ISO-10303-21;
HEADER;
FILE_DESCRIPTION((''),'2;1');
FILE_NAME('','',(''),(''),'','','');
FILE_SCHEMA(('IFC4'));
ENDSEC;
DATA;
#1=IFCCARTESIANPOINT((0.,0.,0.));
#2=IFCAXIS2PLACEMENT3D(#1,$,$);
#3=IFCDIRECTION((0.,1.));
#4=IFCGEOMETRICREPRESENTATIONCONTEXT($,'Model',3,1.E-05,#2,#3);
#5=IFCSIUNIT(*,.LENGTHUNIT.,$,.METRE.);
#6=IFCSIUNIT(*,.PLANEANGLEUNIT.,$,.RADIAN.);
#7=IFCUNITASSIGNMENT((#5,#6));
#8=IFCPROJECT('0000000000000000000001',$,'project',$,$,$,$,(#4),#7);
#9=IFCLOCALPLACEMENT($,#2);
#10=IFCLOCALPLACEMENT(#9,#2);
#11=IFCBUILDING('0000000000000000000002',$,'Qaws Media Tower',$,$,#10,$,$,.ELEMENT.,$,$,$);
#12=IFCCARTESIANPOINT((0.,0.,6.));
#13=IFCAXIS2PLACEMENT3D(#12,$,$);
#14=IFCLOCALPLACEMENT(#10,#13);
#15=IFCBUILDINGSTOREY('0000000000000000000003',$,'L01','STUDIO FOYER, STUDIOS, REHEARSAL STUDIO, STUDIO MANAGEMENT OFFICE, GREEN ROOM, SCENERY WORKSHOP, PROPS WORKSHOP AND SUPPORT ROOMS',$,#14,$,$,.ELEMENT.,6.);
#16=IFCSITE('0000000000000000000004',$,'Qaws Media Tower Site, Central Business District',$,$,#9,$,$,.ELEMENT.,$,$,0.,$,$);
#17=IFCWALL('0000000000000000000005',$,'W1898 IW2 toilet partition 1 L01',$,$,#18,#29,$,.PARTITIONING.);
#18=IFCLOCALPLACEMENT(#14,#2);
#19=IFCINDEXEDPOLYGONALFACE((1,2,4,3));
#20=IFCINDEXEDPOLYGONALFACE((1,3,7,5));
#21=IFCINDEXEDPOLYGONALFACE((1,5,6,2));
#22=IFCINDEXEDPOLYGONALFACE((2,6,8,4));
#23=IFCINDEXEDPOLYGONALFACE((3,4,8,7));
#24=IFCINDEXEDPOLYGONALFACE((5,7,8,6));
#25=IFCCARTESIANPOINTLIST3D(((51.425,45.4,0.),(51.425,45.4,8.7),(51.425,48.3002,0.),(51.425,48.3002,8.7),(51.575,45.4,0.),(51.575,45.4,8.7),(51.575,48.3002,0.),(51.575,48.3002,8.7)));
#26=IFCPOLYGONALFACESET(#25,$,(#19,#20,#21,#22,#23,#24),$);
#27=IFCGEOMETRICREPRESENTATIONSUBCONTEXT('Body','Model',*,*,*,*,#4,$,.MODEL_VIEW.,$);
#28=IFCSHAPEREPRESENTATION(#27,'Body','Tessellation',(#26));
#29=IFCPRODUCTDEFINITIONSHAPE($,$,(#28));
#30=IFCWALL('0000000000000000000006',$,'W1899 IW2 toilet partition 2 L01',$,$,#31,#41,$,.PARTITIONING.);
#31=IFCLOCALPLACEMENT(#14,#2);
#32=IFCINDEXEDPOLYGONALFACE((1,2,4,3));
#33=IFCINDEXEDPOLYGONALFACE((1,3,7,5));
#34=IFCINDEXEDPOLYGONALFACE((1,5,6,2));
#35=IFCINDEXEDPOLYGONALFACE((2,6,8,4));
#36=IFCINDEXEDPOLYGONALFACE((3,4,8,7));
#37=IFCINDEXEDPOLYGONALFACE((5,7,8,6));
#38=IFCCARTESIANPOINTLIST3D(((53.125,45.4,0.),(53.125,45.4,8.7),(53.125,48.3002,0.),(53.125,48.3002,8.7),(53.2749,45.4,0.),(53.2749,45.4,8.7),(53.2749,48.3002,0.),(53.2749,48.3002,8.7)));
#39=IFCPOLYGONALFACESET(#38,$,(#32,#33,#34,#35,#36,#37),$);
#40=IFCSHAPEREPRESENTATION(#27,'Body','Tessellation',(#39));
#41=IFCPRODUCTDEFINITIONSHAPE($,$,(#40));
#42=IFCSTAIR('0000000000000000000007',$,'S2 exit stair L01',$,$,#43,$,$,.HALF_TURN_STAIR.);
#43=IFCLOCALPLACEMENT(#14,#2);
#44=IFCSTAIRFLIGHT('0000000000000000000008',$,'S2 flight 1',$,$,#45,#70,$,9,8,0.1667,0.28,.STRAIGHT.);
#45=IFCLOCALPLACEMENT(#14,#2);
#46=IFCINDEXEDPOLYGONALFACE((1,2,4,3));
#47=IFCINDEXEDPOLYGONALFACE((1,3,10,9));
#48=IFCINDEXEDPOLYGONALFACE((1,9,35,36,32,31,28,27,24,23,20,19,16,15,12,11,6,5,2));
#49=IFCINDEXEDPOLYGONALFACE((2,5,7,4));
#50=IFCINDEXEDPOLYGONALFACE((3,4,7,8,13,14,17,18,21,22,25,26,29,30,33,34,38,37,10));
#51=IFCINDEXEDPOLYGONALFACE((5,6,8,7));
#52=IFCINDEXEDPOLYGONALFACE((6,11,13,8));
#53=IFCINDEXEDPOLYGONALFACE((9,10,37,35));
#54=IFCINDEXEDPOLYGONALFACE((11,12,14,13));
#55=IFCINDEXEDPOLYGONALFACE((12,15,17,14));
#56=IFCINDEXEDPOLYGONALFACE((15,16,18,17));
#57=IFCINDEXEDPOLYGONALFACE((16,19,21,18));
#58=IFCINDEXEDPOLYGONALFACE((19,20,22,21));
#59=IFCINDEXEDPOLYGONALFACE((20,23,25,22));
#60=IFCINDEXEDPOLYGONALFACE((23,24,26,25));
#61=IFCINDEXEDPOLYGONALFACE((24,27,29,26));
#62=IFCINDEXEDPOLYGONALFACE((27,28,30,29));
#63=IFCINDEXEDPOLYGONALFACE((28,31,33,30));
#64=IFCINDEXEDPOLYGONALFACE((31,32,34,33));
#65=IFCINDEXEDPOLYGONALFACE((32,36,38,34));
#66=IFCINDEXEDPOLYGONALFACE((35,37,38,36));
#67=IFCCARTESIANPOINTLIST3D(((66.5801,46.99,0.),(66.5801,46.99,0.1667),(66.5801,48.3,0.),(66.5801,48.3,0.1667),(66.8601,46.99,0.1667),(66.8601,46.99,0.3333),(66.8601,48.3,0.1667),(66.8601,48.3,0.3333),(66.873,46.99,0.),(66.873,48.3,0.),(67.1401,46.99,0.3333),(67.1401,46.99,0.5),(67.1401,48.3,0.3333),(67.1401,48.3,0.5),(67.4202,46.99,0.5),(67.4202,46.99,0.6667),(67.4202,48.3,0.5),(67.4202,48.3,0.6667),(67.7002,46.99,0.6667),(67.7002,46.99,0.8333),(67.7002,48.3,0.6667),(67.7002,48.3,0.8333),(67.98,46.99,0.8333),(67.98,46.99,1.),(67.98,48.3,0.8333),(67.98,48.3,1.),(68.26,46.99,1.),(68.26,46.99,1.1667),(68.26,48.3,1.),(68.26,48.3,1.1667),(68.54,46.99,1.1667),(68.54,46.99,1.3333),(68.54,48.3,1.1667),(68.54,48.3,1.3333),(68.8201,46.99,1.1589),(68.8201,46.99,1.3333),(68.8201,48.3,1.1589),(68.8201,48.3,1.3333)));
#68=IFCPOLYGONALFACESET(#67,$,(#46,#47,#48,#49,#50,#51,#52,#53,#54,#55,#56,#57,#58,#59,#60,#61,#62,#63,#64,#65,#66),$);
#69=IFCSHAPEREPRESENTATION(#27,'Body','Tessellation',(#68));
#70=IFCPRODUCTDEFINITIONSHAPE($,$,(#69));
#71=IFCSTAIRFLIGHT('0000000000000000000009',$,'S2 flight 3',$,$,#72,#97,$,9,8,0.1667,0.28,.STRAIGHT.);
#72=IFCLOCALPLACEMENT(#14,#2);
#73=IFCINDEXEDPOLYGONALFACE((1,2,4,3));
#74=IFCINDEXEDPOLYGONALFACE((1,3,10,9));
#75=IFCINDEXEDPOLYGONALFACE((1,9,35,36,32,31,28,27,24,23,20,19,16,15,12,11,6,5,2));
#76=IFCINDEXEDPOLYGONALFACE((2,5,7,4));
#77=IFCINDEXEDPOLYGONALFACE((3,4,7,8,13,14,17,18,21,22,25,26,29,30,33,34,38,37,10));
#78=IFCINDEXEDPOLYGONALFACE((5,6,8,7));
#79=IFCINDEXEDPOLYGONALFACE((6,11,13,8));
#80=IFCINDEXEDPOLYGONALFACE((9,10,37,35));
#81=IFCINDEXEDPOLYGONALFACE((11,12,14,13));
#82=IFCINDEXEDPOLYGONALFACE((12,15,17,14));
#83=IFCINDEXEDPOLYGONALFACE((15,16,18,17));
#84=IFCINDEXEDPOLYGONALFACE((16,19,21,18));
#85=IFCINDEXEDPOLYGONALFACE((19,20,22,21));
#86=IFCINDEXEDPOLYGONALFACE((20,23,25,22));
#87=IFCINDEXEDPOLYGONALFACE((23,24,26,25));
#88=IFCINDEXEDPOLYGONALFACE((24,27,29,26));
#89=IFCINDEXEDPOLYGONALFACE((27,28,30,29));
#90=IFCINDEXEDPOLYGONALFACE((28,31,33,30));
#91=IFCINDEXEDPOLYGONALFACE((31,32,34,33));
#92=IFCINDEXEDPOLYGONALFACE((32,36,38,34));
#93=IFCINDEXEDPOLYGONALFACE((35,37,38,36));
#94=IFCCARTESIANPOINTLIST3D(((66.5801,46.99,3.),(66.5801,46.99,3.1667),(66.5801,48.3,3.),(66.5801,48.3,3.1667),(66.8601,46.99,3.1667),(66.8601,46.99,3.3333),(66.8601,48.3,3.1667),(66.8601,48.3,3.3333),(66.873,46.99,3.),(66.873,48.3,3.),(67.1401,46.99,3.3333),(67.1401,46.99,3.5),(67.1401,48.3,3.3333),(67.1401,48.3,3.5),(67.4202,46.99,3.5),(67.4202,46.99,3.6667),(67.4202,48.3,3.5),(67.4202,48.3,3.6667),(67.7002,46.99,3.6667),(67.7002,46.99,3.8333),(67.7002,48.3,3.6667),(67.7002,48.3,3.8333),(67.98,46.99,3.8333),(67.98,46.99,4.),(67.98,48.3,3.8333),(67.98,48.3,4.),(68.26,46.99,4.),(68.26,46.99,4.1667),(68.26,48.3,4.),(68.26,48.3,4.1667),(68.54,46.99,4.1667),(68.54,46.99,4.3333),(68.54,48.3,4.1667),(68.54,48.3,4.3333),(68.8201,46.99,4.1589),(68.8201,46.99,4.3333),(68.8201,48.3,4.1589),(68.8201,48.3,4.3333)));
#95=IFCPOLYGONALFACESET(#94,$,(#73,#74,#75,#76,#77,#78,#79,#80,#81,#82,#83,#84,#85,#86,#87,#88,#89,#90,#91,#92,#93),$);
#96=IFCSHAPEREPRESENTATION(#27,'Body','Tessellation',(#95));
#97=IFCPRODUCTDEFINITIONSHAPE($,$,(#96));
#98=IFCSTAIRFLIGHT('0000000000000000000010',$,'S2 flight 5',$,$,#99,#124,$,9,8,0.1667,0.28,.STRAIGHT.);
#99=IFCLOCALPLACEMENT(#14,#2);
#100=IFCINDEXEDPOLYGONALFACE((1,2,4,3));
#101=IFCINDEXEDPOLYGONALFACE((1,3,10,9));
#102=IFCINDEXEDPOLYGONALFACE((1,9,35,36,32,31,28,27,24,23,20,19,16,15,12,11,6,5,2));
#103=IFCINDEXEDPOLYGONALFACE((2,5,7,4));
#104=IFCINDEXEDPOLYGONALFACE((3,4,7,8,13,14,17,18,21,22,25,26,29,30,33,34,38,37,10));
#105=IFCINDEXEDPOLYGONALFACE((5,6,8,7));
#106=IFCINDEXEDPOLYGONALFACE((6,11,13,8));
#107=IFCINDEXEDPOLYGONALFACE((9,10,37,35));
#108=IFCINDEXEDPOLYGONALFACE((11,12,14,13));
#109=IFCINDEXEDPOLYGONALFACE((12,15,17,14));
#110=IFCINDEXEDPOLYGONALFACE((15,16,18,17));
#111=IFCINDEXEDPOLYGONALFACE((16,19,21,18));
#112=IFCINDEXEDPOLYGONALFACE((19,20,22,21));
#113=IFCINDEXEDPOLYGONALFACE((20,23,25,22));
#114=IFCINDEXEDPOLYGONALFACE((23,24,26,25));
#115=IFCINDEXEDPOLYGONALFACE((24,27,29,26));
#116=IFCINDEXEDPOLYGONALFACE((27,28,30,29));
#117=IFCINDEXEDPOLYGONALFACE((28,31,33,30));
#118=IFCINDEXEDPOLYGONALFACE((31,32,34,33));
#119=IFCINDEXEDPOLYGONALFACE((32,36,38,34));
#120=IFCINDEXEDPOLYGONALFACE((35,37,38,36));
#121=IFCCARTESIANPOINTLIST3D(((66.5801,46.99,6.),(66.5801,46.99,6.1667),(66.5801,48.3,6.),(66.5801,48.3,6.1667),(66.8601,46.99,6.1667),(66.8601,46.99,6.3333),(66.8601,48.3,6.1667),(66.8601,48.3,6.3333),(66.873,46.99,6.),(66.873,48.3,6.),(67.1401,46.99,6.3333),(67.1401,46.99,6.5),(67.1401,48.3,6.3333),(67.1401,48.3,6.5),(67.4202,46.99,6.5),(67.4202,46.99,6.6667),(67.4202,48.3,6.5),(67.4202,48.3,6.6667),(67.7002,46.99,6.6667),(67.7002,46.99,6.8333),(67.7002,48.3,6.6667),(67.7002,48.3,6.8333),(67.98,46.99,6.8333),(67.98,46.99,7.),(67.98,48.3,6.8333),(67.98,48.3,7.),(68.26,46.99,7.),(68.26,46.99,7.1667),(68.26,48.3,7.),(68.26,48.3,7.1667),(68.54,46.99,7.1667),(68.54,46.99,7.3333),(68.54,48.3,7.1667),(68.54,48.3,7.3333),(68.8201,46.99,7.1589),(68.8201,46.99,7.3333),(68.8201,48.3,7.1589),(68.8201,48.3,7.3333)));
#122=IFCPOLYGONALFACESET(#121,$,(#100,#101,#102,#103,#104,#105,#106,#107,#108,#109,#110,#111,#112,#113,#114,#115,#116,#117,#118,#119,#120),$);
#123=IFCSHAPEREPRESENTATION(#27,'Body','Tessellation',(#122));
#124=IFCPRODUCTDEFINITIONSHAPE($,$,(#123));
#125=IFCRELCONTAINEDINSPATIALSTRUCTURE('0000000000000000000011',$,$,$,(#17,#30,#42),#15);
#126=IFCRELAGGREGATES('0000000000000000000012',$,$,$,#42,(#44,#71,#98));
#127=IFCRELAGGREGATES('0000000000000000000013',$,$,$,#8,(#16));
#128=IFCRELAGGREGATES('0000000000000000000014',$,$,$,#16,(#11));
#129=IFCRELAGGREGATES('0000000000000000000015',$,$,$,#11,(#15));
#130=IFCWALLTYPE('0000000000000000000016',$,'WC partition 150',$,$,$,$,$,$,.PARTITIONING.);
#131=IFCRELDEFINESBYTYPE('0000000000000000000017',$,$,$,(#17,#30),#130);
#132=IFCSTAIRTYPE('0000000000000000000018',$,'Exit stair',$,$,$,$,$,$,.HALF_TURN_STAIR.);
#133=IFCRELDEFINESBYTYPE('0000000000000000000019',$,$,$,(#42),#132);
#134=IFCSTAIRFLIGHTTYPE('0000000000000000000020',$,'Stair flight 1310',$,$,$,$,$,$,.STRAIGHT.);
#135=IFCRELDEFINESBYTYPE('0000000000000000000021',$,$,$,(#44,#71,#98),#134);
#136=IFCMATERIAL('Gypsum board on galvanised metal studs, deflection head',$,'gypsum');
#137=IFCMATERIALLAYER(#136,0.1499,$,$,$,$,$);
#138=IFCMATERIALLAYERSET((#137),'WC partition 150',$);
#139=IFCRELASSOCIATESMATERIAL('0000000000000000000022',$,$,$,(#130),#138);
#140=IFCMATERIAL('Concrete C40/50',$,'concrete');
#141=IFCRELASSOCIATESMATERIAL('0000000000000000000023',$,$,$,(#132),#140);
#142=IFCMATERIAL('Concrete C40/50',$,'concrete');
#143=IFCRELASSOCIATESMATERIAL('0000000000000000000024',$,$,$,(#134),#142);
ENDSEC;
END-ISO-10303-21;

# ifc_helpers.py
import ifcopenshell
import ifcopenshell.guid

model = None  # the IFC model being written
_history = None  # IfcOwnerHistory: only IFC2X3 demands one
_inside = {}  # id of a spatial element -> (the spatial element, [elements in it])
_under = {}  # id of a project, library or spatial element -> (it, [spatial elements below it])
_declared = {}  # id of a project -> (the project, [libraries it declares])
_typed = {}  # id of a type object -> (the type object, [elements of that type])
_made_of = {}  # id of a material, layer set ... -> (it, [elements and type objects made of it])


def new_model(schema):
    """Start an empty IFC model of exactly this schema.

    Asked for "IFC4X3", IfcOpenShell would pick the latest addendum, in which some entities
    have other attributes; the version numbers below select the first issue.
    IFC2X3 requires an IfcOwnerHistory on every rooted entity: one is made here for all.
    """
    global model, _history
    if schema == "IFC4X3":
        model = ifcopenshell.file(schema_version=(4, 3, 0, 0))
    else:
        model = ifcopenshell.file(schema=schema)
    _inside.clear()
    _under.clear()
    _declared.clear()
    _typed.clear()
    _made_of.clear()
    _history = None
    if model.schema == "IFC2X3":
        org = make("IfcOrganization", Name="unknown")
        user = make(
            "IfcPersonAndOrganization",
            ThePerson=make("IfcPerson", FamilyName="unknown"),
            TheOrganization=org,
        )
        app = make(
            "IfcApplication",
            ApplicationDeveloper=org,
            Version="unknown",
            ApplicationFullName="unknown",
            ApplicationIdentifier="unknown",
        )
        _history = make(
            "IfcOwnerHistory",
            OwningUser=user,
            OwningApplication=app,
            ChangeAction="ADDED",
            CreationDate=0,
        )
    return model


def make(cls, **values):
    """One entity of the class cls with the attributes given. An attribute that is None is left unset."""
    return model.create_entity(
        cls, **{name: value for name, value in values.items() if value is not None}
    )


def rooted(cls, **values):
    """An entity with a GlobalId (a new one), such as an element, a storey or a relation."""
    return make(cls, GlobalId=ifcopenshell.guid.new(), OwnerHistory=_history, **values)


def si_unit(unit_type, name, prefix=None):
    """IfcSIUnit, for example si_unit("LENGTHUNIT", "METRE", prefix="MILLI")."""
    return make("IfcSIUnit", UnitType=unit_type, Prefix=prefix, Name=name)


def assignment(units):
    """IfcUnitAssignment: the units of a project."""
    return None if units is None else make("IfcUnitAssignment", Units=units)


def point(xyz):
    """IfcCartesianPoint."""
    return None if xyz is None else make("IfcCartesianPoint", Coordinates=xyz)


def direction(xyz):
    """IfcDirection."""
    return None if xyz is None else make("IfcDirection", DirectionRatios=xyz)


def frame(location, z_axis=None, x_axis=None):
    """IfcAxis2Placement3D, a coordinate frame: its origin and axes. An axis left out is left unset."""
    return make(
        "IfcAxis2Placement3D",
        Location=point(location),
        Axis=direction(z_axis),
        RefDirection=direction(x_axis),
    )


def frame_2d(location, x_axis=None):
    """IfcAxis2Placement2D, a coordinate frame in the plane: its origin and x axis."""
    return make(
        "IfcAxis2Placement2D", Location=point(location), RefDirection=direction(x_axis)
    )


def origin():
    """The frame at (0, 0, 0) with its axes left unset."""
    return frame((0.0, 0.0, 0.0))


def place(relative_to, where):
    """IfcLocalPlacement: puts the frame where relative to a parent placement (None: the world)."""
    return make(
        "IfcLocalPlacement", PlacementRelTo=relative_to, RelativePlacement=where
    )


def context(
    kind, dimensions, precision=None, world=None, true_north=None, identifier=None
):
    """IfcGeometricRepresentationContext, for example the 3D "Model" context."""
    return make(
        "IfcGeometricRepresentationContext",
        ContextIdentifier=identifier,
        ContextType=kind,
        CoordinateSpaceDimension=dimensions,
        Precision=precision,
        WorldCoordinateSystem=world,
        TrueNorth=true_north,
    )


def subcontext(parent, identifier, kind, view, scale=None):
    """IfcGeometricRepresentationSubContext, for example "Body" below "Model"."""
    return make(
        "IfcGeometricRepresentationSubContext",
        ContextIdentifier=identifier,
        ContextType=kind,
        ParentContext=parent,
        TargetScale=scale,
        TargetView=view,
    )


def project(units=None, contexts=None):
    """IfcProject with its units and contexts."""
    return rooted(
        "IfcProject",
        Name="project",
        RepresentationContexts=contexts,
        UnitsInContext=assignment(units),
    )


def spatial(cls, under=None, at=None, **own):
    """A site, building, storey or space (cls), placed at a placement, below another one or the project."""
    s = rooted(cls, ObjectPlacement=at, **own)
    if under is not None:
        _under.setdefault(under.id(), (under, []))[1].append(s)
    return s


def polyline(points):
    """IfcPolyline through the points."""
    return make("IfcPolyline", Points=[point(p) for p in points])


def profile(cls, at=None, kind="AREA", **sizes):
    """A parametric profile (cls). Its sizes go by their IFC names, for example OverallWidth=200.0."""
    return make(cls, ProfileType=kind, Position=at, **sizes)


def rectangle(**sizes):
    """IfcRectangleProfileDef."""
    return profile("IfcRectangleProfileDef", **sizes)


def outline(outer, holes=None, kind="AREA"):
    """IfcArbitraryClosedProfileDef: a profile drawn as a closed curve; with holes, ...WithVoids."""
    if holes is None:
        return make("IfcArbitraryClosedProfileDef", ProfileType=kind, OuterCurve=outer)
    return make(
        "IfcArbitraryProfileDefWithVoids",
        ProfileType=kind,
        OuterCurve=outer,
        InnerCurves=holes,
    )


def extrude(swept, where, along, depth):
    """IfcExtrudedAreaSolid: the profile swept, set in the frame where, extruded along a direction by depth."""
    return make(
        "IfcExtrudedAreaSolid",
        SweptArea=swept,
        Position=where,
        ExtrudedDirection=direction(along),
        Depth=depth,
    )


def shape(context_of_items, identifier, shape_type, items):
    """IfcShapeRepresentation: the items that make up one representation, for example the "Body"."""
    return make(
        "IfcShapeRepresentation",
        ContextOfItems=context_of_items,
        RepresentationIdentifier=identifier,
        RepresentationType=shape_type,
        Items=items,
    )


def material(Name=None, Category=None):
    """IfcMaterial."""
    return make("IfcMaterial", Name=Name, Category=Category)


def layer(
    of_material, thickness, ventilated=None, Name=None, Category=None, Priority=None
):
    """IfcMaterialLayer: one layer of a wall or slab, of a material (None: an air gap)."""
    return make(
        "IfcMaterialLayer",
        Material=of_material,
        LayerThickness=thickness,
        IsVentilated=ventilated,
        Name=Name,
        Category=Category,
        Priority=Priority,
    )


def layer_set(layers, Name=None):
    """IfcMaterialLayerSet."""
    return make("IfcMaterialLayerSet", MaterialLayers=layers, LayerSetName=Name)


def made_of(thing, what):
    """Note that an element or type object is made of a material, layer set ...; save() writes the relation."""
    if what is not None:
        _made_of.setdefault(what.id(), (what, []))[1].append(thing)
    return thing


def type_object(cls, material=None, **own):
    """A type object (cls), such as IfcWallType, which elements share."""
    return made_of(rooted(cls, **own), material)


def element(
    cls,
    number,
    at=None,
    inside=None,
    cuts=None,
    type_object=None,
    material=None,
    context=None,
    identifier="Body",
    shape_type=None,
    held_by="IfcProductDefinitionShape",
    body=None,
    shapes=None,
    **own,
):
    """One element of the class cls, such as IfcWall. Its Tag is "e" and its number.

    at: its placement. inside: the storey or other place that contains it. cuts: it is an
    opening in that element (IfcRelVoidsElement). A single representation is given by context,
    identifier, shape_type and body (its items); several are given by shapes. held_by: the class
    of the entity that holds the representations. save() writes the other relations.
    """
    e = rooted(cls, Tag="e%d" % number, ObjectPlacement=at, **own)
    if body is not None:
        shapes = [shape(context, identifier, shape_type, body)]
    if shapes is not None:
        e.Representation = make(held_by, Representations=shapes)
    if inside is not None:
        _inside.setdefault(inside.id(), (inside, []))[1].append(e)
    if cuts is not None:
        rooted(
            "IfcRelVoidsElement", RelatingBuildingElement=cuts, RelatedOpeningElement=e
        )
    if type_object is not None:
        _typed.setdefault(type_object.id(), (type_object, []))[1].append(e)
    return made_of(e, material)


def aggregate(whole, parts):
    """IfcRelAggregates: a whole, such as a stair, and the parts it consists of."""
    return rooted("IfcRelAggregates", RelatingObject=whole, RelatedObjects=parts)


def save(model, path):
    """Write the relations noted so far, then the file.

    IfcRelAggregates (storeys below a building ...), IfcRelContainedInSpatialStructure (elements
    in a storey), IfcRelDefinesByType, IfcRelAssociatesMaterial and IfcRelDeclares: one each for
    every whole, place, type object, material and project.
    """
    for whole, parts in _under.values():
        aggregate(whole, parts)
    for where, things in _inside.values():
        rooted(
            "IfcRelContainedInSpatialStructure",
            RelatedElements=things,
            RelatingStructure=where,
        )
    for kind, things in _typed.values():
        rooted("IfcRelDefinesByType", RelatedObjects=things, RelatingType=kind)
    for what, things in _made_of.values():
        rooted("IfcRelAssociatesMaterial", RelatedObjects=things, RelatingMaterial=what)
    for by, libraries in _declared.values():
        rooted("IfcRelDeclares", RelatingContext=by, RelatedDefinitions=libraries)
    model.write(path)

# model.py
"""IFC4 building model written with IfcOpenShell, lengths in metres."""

from ifc_helpers import new_model, si_unit, direction, frame, frame_2d, origin, place, context, subcontext, project, spatial, polyline, rectangle, outline, extrude, material, layer, layer_set, type_object, element, aggregate, save


model = new_model("IFC4")

# Units and contexts
model_context = context("Model", 3, precision=1e-05, world=origin(), true_north=direction((0.0, 1.0)))
body_context = subcontext(model_context, "Body", "Model", "MODEL_VIEW")
ifc_project = project(units=[si_unit("LENGTHUNIT", "METRE"), si_unit("PLANEANGLEUNIT", "RADIAN")], contexts=[model_context])

# Site, building, storey
site_placement = place(None, origin())
site = spatial("IfcSite", under=ifc_project, at=site_placement, Name="Qaws Media Tower Site, Central Business District", CompositionType="ELEMENT", RefElevation=0.0)
building_placement = place(site_placement, origin())
building = spatial("IfcBuilding", under=site, at=building_placement, Name="Qaws Media Tower", CompositionType="ELEMENT")
storey_placement = place(building_placement, frame((0.0, 0.0, 6.0)))
storey = spatial("IfcBuildingStorey", under=building, at=storey_placement, Name="L01", Description="STUDIO FOYER, STUDIOS, REHEARSAL STUDIO, STUDIO MANAGEMENT OFFICE, GREEN ROOM, SCENERY WORKSHOP, PROPS WORKSHOP AND SUPPORT ROOMS", CompositionType="ELEMENT", Elevation=6.0)

# Walls
ifc_material_1 = material(Name="Gypsum board on galvanised metal studs, deflection head", Category="gypsum")
ifc_layer_1 = layer(ifc_material_1, 0.1499)
ifc_layer_set_1 = layer_set([ifc_layer_1], Name="WC partition 150")
wall_type_1 = type_object("IfcWallType", Name="WC partition 150", PredefinedType="PARTITIONING", material=ifc_layer_set_1)
for number, where, z_axis, x_axis, name in (
    (1, (51.5, 45.3999, 0.0), (0.0, 0.0, 1.0), (0.0, 1.0, 0.0), "W1898 IW2 toilet partition 1 L01"),
    (2, (53.2, 45.3999, 0.0), (0.0, 0.0, 1.0), (0.0, 1.0, 0.0), "W1899 IW2 toilet partition 2 L01"),
):
    element("IfcWall", number, at=place(storey_placement, frame(where, z_axis=z_axis, x_axis=x_axis)), inside=storey, type_object=wall_type_1, Name=name, PredefinedType="PARTITIONING", context=body_context, shape_type="SweptSolid", body=[
        extrude(rectangle(XDim=2.9001, YDim=0.1499, at=frame_2d((1.4502, 0.0))), origin(), (0.0, 0.0, 1.0), 8.7),
    ])

# Stair, stair flights
ifc_material_2 = material(Name="Concrete C40/50", Category="concrete")
stair_type = type_object("IfcStairType", Name="Exit stair", PredefinedType="HALF_TURN_STAIR", material=ifc_material_2)
stair_placement = place(storey_placement, origin())
stair = element("IfcStair", 3, at=stair_placement, inside=storey, type_object=stair_type, Name="S2 exit stair L01", PredefinedType="HALF_TURN_STAIR")
ifc_material_3 = material(Name="Concrete C40/50", Category="concrete")
stair_flight_type = type_object("IfcStairFlightType", Name="Stair flight 1310", PredefinedType="STRAIGHT", material=ifc_material_3)
stair_flight_1_placement = place(storey_placement, frame((66.5801, 47.645, 0.0), z_axis=(0.0, 0.0, 1.0), x_axis=(1.0, 0.0, 0.0)))
stair_flight_1 = element("IfcStairFlight", 4, at=stair_flight_1_placement, type_object=stair_flight_type, Name="S2 flight 1", NumberOfRisers=9, NumberOfTreads=8, PredefinedType="STRAIGHT", RiserHeight=0.1667, TreadLength=0.28, context=body_context, shape_type="SweptSolid", body=[
    extrude(outline(polyline([(0.0, 0.0), (0.0, 0.1667), (0.28, 0.1667), (0.28, 0.3333), (0.5601, 0.3333), (0.5601, 0.5), (0.8401, 0.5), (0.8401, 0.6667), (1.1201, 0.6667), (1.1201, 0.8333), (1.3999, 0.8333), (1.3999, 1.0), (1.6799, 1.0), (1.6799, 1.1667), (1.96, 1.1667), (1.96, 1.3333), (2.24, 1.3333), (2.24, 1.5), (2.24, 1.1589), (0.293, 0.0), (0.0, 0.0)])), frame((0.0, 0.655, 0.0), z_axis=(0.0, -1.0, 0.0), x_axis=(1.0, 0.0, 0.0)), (0.0, 0.0, 1.0), 1.3101),
])
stair_flight_2_placement = place(storey_placement, frame((66.5801, 47.645, 3.0), z_axis=(0.0, 0.0, 1.0), x_axis=(1.0, 0.0, 0.0)))
stair_flight_2 = element("IfcStairFlight", 5, at=stair_flight_2_placement, type_object=stair_flight_type, Name="S2 flight 3", NumberOfRisers=9, NumberOfTreads=8, PredefinedType="STRAIGHT", RiserHeight=0.1667, TreadLength=0.28, context=body_context, shape_type="SweptSolid", body=[
    extrude(outline(polyline([(0.0, 0.0), (0.0, 0.1667), (0.28, 0.1667), (0.28, 0.3333), (0.5601, 0.3333), (0.5601, 0.5), (0.8401, 0.5), (0.8401, 0.6667), (1.1201, 0.6667), (1.1201, 0.8333), (1.3999, 0.8333), (1.3999, 1.0), (1.6799, 1.0), (1.6799, 1.1667), (1.96, 1.1667), (1.96, 1.3333), (2.24, 1.3333), (2.24, 1.5), (2.24, 1.1589), (0.293, 0.0), (0.0, 0.0)])), frame((0.0, 0.655, 0.0), z_axis=(0.0, -1.0, 0.0), x_axis=(1.0, 0.0, 0.0)), (0.0, 0.0, 1.0), 1.3101),
])
stair_flight_3_placement = place(storey_placement, frame((66.5801, 47.645, 6.0), z_axis=(0.0, 0.0, 1.0), x_axis=(1.0, 0.0, 0.0)))
stair_flight_3 = element("IfcStairFlight", 6, at=stair_flight_3_placement, type_object=stair_flight_type, Name="S2 flight 5", NumberOfRisers=9, NumberOfTreads=8, PredefinedType="STRAIGHT", RiserHeight=0.1667, TreadLength=0.28, context=body_context, shape_type="SweptSolid", body=[
    extrude(outline(polyline([(0.0, 0.0), (0.0, 0.1667), (0.28, 0.1667), (0.28, 0.3333), (0.5601, 0.3333), (0.5601, 0.5), (0.8401, 0.5), (0.8401, 0.6667), (1.1201, 0.6667), (1.1201, 0.8333), (1.3999, 0.8333), (1.3999, 1.0), (1.6799, 1.0), (1.6799, 1.1667), (1.96, 1.1667), (1.96, 1.3333), (2.24, 1.3333), (2.24, 1.5), (2.24, 1.1589), (0.293, 0.0), (0.0, 0.0)])), frame((0.0, 0.655, 0.0), z_axis=(0.0, -1.0, 0.0), x_axis=(1.0, 0.0, 0.0)), (0.0, 0.0, 1.0), 1.3101),
])
aggregate(stair, [stair_flight_1, stair_flight_2, stair_flight_3])

save(model, "model.ifc")
